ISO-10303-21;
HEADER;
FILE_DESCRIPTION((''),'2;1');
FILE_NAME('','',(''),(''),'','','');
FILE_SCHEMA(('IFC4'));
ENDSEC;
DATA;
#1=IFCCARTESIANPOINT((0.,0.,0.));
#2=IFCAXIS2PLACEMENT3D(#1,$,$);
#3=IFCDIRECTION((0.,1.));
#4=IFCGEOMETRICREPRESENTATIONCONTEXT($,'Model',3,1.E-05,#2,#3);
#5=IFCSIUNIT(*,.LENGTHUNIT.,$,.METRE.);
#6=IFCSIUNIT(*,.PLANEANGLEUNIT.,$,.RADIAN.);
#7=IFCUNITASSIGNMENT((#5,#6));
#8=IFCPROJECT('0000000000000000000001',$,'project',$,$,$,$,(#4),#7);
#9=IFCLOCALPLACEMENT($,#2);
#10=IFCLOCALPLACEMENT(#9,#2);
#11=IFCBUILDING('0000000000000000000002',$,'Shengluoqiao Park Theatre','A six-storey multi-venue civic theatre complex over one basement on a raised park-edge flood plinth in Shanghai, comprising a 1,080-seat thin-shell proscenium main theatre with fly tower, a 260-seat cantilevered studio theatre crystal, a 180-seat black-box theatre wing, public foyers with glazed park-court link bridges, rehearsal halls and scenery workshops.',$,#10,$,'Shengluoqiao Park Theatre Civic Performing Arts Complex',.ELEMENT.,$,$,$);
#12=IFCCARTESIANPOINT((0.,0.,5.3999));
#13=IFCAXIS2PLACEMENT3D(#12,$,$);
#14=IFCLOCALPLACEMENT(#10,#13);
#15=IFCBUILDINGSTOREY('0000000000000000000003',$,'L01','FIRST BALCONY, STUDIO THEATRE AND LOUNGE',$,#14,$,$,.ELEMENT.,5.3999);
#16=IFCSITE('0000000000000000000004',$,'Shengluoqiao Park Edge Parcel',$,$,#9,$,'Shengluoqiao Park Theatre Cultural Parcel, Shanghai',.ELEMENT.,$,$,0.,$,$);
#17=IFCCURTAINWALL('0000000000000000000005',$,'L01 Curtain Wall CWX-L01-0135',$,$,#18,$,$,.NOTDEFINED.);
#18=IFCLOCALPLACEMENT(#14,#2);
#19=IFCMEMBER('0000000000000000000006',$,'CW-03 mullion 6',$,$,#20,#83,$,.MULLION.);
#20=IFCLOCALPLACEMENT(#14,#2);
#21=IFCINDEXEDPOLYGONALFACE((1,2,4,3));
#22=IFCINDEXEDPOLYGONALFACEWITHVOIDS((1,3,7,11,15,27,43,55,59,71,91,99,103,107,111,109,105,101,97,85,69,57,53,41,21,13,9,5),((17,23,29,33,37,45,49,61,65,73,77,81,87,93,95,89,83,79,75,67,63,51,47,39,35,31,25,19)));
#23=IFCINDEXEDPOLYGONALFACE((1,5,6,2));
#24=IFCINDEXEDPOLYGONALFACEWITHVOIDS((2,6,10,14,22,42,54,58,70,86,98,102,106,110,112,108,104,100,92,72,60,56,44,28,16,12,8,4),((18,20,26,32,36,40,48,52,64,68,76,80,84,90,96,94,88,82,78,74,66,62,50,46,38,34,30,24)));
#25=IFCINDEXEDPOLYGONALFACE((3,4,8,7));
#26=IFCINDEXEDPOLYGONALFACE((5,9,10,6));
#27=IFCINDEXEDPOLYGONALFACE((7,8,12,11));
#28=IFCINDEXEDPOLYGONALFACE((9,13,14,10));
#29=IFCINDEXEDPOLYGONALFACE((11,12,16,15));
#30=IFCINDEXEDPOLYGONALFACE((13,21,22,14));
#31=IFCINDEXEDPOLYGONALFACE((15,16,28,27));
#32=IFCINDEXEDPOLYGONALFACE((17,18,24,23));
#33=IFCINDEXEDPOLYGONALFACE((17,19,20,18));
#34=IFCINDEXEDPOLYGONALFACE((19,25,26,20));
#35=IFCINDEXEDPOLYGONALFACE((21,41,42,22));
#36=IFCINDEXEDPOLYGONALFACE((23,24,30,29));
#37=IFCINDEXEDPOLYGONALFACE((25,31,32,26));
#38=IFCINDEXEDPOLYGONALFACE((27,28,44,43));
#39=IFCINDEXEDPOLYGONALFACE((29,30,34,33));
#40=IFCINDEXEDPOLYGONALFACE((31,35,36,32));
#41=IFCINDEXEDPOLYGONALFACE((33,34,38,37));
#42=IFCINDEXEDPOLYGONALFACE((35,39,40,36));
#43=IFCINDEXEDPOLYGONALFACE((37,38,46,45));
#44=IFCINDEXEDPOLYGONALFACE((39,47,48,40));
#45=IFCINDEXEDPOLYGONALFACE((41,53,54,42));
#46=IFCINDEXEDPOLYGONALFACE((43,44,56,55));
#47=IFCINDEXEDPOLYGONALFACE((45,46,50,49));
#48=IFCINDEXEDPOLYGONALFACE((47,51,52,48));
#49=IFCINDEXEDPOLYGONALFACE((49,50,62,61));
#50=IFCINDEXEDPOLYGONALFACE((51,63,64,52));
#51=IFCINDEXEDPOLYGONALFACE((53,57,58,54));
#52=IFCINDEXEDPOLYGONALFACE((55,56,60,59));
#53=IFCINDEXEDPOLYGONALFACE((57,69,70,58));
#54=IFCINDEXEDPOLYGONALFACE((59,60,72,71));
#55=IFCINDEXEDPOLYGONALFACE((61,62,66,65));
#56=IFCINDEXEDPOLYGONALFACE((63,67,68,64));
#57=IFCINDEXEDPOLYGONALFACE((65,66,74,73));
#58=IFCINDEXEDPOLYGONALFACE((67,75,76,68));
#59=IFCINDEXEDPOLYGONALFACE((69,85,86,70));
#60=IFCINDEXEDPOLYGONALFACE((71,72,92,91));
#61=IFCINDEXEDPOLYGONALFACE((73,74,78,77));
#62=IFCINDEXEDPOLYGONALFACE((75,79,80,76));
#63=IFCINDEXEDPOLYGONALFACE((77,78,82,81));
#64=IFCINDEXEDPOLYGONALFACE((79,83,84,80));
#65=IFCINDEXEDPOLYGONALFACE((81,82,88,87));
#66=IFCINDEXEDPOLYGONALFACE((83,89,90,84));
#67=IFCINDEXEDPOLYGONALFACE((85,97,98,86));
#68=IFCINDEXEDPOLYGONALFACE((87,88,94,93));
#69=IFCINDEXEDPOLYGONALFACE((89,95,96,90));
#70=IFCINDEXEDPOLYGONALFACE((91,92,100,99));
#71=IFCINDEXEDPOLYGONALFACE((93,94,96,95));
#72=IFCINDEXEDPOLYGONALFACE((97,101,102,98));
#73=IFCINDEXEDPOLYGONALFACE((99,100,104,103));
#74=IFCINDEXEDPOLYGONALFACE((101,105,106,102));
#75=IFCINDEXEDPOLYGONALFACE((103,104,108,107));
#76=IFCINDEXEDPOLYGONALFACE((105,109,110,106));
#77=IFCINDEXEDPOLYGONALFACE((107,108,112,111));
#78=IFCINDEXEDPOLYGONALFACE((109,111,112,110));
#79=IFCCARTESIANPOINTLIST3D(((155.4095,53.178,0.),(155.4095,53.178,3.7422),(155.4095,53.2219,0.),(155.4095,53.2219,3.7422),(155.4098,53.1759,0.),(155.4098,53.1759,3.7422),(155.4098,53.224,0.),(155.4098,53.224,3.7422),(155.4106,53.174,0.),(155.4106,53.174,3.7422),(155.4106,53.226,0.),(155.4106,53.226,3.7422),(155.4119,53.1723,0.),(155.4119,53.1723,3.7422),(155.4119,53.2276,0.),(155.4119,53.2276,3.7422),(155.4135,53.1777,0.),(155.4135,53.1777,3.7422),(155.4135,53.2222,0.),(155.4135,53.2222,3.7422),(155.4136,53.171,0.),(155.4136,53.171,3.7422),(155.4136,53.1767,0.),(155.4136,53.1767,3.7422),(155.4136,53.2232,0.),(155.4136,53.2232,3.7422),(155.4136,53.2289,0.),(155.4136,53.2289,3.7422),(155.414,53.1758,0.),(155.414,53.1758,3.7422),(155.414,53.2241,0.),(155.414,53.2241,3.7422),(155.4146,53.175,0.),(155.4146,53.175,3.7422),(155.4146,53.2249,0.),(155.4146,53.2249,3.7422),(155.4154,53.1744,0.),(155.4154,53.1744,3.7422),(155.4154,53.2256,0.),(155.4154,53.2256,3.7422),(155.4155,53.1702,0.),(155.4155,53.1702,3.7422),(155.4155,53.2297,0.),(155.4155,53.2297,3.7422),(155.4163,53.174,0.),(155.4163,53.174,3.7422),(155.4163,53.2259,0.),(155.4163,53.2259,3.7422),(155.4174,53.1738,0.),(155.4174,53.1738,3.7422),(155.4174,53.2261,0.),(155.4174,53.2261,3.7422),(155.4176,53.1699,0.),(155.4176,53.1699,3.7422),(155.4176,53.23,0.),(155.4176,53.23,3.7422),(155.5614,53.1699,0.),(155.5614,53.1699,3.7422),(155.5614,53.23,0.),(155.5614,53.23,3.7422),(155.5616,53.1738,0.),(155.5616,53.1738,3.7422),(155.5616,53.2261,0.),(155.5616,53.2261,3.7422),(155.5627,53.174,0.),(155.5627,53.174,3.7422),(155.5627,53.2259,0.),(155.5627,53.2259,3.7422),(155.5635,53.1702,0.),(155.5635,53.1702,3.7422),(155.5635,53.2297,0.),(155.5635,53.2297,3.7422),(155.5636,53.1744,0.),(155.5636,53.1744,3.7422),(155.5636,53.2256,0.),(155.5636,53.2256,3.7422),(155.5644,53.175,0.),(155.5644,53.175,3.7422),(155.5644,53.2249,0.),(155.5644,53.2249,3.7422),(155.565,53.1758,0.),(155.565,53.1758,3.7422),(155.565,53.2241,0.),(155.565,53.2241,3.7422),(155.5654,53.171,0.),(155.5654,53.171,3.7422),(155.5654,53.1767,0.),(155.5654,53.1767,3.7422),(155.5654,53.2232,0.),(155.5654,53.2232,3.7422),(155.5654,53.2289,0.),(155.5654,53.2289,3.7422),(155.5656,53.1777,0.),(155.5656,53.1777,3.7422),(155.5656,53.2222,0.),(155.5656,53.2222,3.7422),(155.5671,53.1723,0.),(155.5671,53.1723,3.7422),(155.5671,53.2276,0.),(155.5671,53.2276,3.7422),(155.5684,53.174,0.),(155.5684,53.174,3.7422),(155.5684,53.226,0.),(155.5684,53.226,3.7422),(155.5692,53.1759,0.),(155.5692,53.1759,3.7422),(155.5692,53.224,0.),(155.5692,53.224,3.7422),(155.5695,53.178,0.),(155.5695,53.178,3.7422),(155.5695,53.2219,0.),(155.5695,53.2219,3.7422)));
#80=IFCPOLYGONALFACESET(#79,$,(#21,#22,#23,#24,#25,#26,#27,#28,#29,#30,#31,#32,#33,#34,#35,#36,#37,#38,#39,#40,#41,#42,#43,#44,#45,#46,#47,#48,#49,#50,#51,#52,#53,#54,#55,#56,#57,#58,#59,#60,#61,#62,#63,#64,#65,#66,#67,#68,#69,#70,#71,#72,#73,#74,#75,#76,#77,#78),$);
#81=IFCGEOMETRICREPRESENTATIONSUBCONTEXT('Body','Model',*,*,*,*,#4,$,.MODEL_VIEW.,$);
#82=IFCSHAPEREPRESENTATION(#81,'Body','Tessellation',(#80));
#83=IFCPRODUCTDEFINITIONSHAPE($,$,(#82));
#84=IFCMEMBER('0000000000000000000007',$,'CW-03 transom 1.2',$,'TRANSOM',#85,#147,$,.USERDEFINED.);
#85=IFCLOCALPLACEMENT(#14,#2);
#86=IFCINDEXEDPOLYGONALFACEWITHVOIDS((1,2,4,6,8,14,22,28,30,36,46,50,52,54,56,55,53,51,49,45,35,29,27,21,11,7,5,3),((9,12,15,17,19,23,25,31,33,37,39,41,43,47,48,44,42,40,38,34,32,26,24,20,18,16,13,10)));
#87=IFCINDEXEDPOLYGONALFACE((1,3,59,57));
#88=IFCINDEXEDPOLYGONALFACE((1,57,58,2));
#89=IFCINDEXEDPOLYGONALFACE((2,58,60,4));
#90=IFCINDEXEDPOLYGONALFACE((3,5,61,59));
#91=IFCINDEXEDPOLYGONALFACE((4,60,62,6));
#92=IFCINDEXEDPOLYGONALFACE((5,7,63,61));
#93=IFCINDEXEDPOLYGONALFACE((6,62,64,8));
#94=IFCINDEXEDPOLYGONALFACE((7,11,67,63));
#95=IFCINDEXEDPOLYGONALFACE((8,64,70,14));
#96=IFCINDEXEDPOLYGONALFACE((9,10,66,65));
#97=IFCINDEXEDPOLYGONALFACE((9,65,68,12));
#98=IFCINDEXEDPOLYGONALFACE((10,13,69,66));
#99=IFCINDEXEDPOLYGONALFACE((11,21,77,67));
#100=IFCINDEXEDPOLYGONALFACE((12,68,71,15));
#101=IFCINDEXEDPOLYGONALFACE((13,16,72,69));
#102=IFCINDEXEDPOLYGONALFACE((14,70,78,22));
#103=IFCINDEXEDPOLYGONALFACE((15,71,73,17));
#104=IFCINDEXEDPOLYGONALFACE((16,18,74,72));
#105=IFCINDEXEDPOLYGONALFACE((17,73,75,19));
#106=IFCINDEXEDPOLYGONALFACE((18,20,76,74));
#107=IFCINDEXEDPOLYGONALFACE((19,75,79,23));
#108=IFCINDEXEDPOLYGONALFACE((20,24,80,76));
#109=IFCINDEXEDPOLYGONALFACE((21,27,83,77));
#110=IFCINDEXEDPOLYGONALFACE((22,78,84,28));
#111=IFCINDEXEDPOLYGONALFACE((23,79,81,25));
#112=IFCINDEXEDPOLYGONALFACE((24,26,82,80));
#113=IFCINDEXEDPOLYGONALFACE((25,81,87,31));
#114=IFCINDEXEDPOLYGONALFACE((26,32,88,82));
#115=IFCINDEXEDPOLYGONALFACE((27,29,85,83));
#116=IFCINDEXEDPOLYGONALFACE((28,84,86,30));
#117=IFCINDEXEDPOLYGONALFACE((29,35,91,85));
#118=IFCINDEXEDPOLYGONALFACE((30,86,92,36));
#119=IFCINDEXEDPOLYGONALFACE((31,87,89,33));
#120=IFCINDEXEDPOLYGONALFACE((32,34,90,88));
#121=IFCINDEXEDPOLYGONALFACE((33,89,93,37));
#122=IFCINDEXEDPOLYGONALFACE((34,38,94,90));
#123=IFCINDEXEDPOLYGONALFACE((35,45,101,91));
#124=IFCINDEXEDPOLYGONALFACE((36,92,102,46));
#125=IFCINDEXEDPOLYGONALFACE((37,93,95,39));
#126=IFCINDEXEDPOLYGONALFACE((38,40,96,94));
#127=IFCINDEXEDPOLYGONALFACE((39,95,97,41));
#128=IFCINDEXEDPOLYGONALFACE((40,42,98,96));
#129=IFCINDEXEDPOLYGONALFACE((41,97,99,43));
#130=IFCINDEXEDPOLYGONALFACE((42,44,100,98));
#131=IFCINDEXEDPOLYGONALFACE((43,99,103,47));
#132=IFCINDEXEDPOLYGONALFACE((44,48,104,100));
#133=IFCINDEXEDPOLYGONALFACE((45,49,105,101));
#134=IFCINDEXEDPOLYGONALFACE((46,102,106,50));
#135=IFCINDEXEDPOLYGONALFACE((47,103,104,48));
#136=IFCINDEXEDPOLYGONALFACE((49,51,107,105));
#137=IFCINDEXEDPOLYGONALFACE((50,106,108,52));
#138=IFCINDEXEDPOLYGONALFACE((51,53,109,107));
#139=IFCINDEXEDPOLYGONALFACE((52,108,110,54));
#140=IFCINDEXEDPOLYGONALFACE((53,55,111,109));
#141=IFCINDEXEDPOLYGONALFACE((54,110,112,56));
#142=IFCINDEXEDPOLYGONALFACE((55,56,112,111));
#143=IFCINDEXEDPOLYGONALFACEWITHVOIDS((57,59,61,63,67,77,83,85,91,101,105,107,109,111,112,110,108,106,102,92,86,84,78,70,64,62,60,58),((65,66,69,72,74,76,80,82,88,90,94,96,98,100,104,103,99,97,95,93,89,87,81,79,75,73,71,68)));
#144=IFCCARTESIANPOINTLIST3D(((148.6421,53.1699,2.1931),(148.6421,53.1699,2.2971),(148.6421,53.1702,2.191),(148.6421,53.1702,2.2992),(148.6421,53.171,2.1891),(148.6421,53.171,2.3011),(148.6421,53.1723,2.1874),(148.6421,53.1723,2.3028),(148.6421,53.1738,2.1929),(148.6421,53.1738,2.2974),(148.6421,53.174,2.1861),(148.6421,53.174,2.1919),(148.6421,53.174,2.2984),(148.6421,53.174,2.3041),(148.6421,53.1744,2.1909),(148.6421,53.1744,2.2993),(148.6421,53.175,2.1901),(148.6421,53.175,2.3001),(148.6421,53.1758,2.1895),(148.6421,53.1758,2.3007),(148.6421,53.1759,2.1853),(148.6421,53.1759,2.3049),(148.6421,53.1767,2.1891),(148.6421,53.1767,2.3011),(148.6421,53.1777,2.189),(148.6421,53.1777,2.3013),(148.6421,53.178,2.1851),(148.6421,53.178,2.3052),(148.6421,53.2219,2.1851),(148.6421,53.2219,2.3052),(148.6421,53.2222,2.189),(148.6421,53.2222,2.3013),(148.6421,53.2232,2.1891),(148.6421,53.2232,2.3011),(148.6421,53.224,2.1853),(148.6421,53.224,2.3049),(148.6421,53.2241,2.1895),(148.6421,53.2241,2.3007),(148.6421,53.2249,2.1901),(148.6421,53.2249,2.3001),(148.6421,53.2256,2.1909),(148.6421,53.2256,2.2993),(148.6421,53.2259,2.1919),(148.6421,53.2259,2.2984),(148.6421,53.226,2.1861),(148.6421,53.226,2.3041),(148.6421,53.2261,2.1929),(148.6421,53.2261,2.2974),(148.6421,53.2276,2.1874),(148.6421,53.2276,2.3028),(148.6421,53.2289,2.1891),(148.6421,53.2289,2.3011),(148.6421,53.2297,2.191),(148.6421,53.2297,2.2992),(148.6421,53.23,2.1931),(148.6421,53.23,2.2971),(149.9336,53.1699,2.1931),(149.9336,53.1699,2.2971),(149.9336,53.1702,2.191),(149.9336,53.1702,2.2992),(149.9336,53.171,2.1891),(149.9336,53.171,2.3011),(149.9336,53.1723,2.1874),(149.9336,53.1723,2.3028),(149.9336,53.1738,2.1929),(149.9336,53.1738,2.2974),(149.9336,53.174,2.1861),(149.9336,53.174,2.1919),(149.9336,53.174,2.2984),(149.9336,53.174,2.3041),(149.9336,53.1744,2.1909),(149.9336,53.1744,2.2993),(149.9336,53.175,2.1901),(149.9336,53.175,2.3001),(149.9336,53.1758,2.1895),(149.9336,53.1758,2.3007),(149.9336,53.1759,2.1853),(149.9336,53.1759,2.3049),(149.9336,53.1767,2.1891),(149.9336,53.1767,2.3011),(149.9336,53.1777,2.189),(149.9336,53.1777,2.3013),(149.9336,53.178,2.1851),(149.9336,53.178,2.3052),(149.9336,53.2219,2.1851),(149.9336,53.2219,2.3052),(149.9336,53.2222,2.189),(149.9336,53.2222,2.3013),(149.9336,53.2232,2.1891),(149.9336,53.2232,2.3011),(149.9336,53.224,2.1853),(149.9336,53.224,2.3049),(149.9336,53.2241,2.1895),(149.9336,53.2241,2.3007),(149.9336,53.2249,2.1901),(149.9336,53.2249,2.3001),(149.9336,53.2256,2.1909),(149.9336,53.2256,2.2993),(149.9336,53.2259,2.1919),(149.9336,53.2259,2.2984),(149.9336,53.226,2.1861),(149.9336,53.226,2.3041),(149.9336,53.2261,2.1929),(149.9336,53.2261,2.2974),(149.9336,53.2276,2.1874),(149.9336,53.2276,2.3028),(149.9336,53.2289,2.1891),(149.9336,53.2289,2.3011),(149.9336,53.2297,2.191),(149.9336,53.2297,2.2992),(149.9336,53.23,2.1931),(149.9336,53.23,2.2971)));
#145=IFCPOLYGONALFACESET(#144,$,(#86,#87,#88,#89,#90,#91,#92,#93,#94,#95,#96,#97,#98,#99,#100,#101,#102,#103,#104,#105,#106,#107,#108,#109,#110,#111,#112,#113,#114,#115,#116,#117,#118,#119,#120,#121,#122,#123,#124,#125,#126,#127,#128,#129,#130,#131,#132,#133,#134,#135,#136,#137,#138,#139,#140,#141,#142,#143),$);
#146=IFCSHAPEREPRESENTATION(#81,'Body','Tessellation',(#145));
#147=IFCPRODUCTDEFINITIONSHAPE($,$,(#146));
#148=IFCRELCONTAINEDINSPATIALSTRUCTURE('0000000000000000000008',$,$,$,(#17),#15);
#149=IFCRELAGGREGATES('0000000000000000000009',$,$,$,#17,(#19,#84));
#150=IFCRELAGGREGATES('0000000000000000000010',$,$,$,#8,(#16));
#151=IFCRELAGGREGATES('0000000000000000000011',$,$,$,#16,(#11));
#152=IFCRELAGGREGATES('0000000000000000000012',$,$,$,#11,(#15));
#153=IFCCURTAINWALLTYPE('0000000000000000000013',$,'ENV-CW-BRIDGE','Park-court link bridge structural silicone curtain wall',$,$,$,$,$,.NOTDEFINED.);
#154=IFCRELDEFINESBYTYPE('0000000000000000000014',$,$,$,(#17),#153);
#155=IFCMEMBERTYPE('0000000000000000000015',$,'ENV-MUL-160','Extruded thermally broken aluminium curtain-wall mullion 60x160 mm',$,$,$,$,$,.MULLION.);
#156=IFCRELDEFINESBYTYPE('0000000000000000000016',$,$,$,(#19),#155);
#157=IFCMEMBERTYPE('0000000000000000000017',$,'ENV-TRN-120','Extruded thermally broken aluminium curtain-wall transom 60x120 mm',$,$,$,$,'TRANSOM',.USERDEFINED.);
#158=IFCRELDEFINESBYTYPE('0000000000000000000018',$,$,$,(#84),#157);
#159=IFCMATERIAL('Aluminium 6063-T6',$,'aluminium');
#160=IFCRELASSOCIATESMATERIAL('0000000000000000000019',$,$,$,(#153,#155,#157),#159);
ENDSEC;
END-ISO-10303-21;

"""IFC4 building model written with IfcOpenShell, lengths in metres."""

from ifc_helpers import new_model, si_unit, direction, frame, origin, origin_2d, place, context, subcontext, project, spatial, hollow_rectangle, extrude, material, material_profile, profile_set, type_object, element, aggregate, save


model = new_model("IFC4")

# Units and contexts
model_context = context("Model", 3, precision=1e-05, world=origin(), true_north=direction((0.0, 1.0)))
body_context = subcontext(model_context, "Body", "Model", "MODEL_VIEW")
ifc_project = project(units=[si_unit("LENGTHUNIT", "METRE"), si_unit("PLANEANGLEUNIT", "RADIAN")], contexts=[model_context])

# Site, building, storey
site_placement = place(None, origin())
site = spatial("IfcSite", under=ifc_project, at=site_placement, Name="Shengluoqiao Park Edge Parcel", LongName="Shengluoqiao Park Theatre Cultural Parcel, Shanghai", CompositionType="ELEMENT", RefElevation=0.0)
building_placement = place(site_placement, origin())
building = spatial("IfcBuilding", under=site, at=building_placement, Name="Shengluoqiao Park Theatre", Description="A six-storey multi-venue civic theatre complex over one basement on a raised park-edge flood plinth in Shanghai, comprising a 1,080-seat thin-shell proscenium main theatre with fly tower, a 260-seat cantilevered studio theatre crystal, a 180-seat black-box theatre wing, public foyers with glazed park-court link bridges, rehearsal halls and scenery workshops.", LongName="Shengluoqiao Park Theatre Civic Performing Arts Complex", CompositionType="ELEMENT")
storey_placement = place(building_placement, frame((0.0, 0.0, 5.3999)))
storey = spatial("IfcBuildingStorey", under=building, at=storey_placement, Name="L01", Description="FIRST BALCONY, STUDIO THEATRE AND LOUNGE", CompositionType="ELEMENT", Elevation=5.3999)

# Curtain wall, members
ifc_material_1 = material(Name="Aluminium 6063-T6", Category="aluminium")
curtain_wall_type = type_object("IfcCurtainWallType", Name="ENV-CW-BRIDGE", Description="Park-court link bridge structural silicone curtain wall", PredefinedType="NOTDEFINED", material=ifc_material_1)
curtain_wall_placement = place(storey_placement, origin())
curtain_wall = element("IfcCurtainWall", 1, at=curtain_wall_placement, inside=storey, type_object=curtain_wall_type, Name="L01 Curtain Wall CWX-L01-0135", PredefinedType="NOTDEFINED")
ifc_material_profile_1 = material_profile(ifc_material_1, hollow_rectangle(XDim=0.0601, YDim=0.1599, WallThickness=0.0039, InnerFilletRadius=0.0039, OuterFilletRadius=0.0081, at=origin_2d()), Name="ALU MULLION 160x60x4")
ifc_profile_set_1 = profile_set([ifc_material_profile_1], Name="Aluminium 6063-T6")
member_type_1 = type_object("IfcMemberType", Name="ENV-MUL-160", Description="Extruded thermally broken aluminium curtain-wall mullion 60x160 mm", PredefinedType="MULLION", material=ifc_profile_set_1)
member_1_placement = place(storey_placement, frame((155.4895, 53.2, 0.0), z_axis=(0.0, 0.0, 1.0), x_axis=(0.0, 1.0, 0.0)))
member_1 = element("IfcMember", 2, at=member_1_placement, type_object=member_type_1, Name="CW-03 mullion 6", PredefinedType="MULLION", context=body_context, shape_type="SweptSolid", body=[
    extrude(hollow_rectangle(XDim=0.0601, YDim=0.1599, WallThickness=0.0039, InnerFilletRadius=0.0039, OuterFilletRadius=0.0081, at=origin_2d()), origin(), (0.0, 0.0, 1.0), 3.7422),
])
ifc_material_profile_2 = material_profile(ifc_material_1, hollow_rectangle(XDim=0.0601, YDim=0.1201, WallThickness=0.0039, InnerFilletRadius=0.0039, OuterFilletRadius=0.0081, at=origin_2d()), Name="ALU TRANSOM 120x60x4")
ifc_profile_set_2 = profile_set([ifc_material_profile_2], Name="Aluminium 6063-T6")
member_type_2 = type_object("IfcMemberType", Name="ENV-TRN-120", Description="Extruded thermally broken aluminium curtain-wall transom 60x120 mm", ElementType="TRANSOM", PredefinedType="USERDEFINED", material=ifc_profile_set_2)
member_2_placement = place(storey_placement, frame((148.6421, 53.2, 2.2451), z_axis=(1.0, 0.0, 0.0), x_axis=(0.0, 1.0, 0.0)))
member_2 = element("IfcMember", 3, at=member_2_placement, type_object=member_type_2, Name="CW-03 transom 1.2", ObjectType="TRANSOM", PredefinedType="USERDEFINED", context=body_context, shape_type="SweptSolid", body=[
    extrude(hollow_rectangle(XDim=0.0601, YDim=0.1201, WallThickness=0.0039, InnerFilletRadius=0.0039, OuterFilletRadius=0.0081, at=origin_2d()), origin(), (0.0, 0.0, 1.0), 1.2915),
])

aggregate(curtain_wall, [member_1, member_2])

save(model, "model.ifc")
